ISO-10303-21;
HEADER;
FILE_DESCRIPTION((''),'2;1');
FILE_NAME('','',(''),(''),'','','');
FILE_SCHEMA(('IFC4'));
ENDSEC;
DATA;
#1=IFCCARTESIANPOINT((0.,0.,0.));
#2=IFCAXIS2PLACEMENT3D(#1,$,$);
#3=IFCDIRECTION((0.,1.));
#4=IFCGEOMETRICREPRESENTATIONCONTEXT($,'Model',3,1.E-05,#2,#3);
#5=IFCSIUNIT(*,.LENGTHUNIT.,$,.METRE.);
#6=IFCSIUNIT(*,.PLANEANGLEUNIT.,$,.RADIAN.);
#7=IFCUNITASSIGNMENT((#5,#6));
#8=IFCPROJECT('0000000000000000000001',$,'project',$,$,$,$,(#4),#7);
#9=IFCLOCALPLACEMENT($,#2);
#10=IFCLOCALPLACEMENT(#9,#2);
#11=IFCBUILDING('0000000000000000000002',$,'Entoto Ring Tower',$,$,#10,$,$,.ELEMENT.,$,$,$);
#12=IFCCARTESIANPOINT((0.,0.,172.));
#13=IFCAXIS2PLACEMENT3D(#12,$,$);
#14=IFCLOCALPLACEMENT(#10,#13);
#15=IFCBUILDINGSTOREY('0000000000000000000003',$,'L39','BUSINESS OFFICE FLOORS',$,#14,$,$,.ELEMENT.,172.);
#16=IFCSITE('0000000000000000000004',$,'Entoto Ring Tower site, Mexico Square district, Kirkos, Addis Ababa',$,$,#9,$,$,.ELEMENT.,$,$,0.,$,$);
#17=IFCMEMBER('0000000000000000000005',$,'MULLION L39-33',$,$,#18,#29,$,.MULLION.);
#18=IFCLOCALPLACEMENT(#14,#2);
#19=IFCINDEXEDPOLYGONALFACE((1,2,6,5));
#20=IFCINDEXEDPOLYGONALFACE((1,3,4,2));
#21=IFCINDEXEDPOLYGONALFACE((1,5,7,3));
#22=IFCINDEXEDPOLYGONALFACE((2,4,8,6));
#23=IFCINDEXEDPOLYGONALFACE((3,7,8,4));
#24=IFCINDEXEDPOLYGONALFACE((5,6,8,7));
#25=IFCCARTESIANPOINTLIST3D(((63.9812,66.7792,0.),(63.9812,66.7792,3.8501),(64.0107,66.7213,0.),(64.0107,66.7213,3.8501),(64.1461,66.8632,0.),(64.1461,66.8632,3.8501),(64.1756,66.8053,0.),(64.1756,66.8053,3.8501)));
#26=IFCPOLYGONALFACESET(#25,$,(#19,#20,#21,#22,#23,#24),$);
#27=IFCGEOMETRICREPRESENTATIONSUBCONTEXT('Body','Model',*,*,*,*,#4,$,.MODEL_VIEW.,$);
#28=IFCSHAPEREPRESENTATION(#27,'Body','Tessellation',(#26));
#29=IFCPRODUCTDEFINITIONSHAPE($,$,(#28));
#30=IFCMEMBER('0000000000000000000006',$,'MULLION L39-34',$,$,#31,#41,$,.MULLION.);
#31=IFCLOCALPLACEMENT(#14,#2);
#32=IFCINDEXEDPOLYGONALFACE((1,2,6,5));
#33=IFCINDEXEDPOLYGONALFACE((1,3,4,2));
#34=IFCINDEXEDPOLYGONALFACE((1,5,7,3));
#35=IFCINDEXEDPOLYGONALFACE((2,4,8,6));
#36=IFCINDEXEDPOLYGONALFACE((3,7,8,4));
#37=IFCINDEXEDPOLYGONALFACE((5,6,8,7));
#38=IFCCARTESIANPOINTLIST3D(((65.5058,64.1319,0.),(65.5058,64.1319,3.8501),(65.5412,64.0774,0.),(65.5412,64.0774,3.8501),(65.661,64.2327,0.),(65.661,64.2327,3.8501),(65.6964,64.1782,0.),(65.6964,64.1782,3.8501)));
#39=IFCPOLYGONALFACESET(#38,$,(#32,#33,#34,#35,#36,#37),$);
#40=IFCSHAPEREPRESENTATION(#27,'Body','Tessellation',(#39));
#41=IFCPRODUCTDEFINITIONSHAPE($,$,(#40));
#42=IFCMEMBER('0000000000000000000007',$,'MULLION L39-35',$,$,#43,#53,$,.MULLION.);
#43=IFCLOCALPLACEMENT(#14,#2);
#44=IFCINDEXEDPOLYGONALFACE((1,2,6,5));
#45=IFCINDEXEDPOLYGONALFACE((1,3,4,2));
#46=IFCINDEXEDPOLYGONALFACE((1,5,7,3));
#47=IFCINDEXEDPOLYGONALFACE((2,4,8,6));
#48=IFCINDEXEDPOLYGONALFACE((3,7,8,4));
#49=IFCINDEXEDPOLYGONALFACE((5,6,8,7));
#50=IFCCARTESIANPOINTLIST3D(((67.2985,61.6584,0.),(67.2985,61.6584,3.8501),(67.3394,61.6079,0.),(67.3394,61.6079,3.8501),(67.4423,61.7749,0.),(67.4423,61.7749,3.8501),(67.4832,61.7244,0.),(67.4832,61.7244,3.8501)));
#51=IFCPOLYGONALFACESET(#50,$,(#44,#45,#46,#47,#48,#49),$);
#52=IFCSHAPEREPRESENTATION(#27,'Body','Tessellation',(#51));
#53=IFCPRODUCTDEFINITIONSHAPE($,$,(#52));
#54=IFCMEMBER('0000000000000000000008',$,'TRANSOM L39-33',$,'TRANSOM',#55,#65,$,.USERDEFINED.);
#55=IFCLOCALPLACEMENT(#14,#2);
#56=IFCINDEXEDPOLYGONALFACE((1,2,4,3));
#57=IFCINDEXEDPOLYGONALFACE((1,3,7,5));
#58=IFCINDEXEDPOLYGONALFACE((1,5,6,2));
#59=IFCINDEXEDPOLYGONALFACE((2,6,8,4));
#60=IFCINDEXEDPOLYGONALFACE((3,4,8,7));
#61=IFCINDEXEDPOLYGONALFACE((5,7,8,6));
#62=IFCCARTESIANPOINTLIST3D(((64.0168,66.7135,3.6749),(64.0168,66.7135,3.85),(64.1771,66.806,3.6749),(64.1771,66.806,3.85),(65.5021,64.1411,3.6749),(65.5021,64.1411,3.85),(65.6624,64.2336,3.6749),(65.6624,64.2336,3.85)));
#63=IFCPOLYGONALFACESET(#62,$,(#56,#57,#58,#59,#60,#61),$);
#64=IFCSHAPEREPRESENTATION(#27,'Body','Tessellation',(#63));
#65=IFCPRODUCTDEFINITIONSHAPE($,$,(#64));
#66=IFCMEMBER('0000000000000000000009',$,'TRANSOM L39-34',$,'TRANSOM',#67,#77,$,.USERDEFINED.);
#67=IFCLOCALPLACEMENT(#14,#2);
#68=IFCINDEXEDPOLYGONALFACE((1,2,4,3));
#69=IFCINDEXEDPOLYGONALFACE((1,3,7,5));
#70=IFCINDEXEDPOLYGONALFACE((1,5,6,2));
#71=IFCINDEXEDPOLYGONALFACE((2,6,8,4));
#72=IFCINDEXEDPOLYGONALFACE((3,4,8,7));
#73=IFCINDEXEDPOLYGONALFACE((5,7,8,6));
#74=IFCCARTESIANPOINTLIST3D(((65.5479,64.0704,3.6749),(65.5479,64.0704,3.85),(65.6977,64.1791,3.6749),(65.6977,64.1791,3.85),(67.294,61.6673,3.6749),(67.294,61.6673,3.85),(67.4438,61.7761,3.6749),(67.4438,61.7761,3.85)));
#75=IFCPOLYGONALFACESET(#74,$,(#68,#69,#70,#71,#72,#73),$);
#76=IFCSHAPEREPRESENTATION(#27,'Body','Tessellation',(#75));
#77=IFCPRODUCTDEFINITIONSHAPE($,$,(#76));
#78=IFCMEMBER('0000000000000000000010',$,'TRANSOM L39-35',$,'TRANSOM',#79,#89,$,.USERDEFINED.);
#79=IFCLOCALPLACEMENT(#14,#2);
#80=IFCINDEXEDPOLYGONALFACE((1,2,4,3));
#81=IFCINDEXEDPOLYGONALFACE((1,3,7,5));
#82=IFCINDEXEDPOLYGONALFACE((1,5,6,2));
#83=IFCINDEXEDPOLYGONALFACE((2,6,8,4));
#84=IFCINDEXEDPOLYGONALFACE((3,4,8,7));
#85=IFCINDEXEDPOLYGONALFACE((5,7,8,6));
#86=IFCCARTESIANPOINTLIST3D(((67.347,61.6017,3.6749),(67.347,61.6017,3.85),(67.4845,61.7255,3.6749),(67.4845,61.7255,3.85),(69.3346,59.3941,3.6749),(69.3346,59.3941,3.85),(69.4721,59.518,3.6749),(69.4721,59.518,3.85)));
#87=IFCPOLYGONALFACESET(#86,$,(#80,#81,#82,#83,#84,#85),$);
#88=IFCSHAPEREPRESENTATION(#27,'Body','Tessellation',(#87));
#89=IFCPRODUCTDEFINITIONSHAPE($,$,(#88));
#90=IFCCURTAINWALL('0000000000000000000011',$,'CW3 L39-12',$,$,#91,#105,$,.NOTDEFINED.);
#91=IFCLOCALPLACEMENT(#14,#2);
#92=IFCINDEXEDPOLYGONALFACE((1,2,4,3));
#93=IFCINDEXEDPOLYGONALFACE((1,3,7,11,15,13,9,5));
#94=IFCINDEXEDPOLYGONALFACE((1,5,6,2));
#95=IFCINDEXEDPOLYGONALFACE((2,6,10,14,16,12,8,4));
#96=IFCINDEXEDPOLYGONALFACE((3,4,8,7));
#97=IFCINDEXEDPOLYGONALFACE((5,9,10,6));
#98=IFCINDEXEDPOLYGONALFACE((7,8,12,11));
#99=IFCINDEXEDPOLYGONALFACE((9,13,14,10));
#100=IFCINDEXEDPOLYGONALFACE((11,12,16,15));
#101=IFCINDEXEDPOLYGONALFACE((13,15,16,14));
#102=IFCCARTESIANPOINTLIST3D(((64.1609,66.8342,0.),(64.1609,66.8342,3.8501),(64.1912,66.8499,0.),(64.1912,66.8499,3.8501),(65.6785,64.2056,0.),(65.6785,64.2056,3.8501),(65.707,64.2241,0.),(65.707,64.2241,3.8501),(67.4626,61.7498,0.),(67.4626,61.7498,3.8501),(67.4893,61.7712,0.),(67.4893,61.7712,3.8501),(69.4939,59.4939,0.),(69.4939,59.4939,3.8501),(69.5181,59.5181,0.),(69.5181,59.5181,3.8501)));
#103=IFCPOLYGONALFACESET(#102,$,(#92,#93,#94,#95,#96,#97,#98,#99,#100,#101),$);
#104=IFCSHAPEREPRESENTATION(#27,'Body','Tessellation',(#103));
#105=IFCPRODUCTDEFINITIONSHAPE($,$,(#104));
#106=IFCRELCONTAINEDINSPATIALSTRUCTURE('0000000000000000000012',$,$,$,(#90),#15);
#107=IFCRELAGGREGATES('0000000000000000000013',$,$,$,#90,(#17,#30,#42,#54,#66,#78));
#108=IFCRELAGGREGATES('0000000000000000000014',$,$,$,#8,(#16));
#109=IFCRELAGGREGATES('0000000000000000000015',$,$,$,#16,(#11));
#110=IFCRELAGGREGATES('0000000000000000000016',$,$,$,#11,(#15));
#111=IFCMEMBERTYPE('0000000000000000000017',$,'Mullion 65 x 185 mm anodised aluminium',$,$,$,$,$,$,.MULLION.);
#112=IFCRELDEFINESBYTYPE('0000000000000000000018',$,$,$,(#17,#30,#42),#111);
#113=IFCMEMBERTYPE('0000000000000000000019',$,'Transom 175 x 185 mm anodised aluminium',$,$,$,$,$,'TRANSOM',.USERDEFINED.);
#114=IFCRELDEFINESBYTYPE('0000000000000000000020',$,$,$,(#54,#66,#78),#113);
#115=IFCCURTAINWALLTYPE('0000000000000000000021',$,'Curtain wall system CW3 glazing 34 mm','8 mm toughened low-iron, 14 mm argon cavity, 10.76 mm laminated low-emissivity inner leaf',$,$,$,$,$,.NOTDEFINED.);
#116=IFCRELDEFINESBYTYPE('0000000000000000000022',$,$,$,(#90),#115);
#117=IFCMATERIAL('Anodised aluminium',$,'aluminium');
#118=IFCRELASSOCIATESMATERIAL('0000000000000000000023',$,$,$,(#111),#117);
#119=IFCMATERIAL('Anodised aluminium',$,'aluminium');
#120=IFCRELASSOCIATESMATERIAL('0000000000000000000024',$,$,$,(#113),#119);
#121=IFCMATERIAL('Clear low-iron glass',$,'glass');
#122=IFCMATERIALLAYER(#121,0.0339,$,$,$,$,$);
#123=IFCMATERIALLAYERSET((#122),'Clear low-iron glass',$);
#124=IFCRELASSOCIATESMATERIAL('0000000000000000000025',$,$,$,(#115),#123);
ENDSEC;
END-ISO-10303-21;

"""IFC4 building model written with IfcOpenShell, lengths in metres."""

from ifc_helpers import new_model, si_unit, direction, frame, origin, origin_2d, place, context, subcontext, project, spatial, polyline, rectangle, outline, extrude, material, layer, layer_set, material_profile, profile_set, type_object, element, aggregate, save


model = new_model("IFC4")

# Units and contexts
model_context = context("Model", 3, precision=1e-05, world=origin(), true_north=direction((0.0, 1.0)))
body_context = subcontext(model_context, "Body", "Model", "MODEL_VIEW")
ifc_project = project(units=[si_unit("LENGTHUNIT", "METRE"), si_unit("PLANEANGLEUNIT", "RADIAN")], contexts=[model_context])

# Members
ifc_material_1 = material(Name="Anodised aluminium", Category="aluminium")
ifc_material_profile_1 = material_profile(ifc_material_1, rectangle(XDim=0.0649, YDim=0.1851, at=origin_2d()), Name="Mullion 65 x 185 mm anodised aluminium")
ifc_profile_set_1 = profile_set([ifc_material_profile_1], Name="Anodised aluminium")
member_type_1 = type_object("IfcMemberType", Name="Mullion 65 x 185 mm anodised aluminium", PredefinedType="MULLION", material=ifc_profile_set_1)
site_placement = place(None, origin())
building_placement = place(site_placement, origin())
storey_placement = place(building_placement, frame((0.0, 0.0, 172.0)))
member_1_placement = place(storey_placement, frame((64.0784, 66.7922, 0.0), z_axis=(0.0, 0.0, 1.0), x_axis=(0.45399, -0.891007, 0.0)))
member_1 = element("IfcMember", 1, at=member_1_placement, type_object=member_type_1, Name="MULLION L39-33", PredefinedType="MULLION", context=body_context, shape_type="SweptSolid", body=[
    extrude(rectangle(XDim=0.0649, YDim=0.1851, at=origin_2d()), origin(), (0.0, 0.0, 1.0), 3.8501),
])
member_2_placement = place(storey_placement, frame((65.6011, 64.155, 0.0), z_axis=(0.0, 0.0, 1.0), x_axis=(0.544639, -0.838671, 0.0)))
member_2 = element("IfcMember", 2, at=member_2_placement, type_object=member_type_1, Name="MULLION L39-34", PredefinedType="MULLION", context=body_context, shape_type="SweptSolid", body=[
    extrude(rectangle(XDim=0.0649, YDim=0.1851, at=origin_2d()), origin(), (0.0, 0.0, 1.0), 3.8501),
])
member_3_placement = place(storey_placement, frame((67.3909, 61.6914, 0.0), z_axis=(0.0, 0.0, 1.0), x_axis=(0.62932, -0.777146, 0.0)))
member_3 = element("IfcMember", 3, at=member_3_placement, type_object=member_type_1, Name="MULLION L39-35", PredefinedType="MULLION", context=body_context, shape_type="SweptSolid", body=[
    extrude(rectangle(XDim=0.0649, YDim=0.1851, at=origin_2d()), origin(), (0.0, 0.0, 1.0), 3.8501),
])
ifc_material_2 = material(Name="Anodised aluminium", Category="aluminium")
ifc_material_profile_2 = material_profile(ifc_material_2, rectangle(XDim=0.1851, YDim=0.175, at=origin_2d()), Name="Transom 175 x 185 mm anodised aluminium")
ifc_profile_set_2 = profile_set([ifc_material_profile_2], Name="Anodised aluminium")
member_type_2 = type_object("IfcMemberType", Name="Transom 175 x 185 mm anodised aluminium", ElementType="TRANSOM", PredefinedType="USERDEFINED", material=ifc_profile_set_2)
member_4_placement = place(storey_placement, frame((64.0969, 66.7598, 3.7625), z_axis=(0.500028, -0.866009, 0.0), x_axis=(0.866009, 0.500028, 0.0)))
member_4 = element("IfcMember", 4, at=member_4_placement, type_object=member_type_2, Name="TRANSOM L39-33", ObjectType="TRANSOM", PredefinedType="USERDEFINED", context=body_context, shape_type="SweptSolid", body=[
    extrude(rectangle(XDim=0.1851, YDim=0.175, at=origin_2d()), origin(), (0.0, 0.0, 1.0), 2.9705),
])
member_5_placement = place(storey_placement, frame((65.6228, 64.1248, 3.7625), z_axis=(0.58782, -0.808992, 0.0), x_axis=(0.808992, 0.58782, 0.0)))
member_5 = element("IfcMember", 5, at=member_5_placement, type_object=member_type_2, Name="TRANSOM L39-34", ObjectType="TRANSOM", PredefinedType="USERDEFINED", context=body_context, shape_type="SweptSolid", body=[
    extrude(rectangle(XDim=0.1851, YDim=0.175, at=origin_2d()), origin(), (0.0, 0.0, 1.0), 2.9705),
])
member_6_placement = place(storey_placement, frame((67.4158, 61.6636, 3.7625), z_axis=(0.66911, -0.743163, 0.0), x_axis=(0.743163, 0.66911, 0.0)))
member_6 = element("IfcMember", 6, at=member_6_placement, type_object=member_type_2, Name="TRANSOM L39-35", ObjectType="TRANSOM", PredefinedType="USERDEFINED", context=body_context, shape_type="SweptSolid", body=[
    extrude(rectangle(XDim=0.1851, YDim=0.175, at=origin_2d()), origin(), (0.0, 0.0, 1.0), 2.9705),
])

# Site, building, storey
site = spatial("IfcSite", under=ifc_project, at=site_placement, Name="Entoto Ring Tower site, Mexico Square district, Kirkos, Addis Ababa", CompositionType="ELEMENT", RefElevation=0.0)
building = spatial("IfcBuilding", under=site, at=building_placement, Name="Entoto Ring Tower", CompositionType="ELEMENT")
storey = spatial("IfcBuildingStorey", under=building, at=storey_placement, Name="L39", Description="BUSINESS OFFICE FLOORS", CompositionType="ELEMENT", Elevation=172.0)

# Curtain wall
ifc_material_3 = material(Name="Clear low-iron glass", Category="glass")
ifc_layer = layer(ifc_material_3, 0.0339)
ifc_layer_set = layer_set([ifc_layer], Name="Clear low-iron glass")
curtain_wall_type = type_object("IfcCurtainWallType", Name="Curtain wall system CW3 glazing 34 mm", Description="8 mm toughened low-iron, 14 mm argon cavity, 10.76 mm laminated low-emissivity inner leaf", PredefinedType="NOTDEFINED", material=ifc_layer_set)
curtain_wall_1_placement = place(storey_placement, origin())
curtain_wall_1 = element("IfcCurtainWall", 7, at=curtain_wall_1_placement, inside=storey, type_object=curtain_wall_type, Name="CW3 L39-12", PredefinedType="NOTDEFINED", context=body_context, shape_type="SweptSolid", body=[
    extrude(outline(polyline([(64.1609, 66.8342), (65.6785, 64.2056), (67.4626, 61.7498), (69.4939, 59.4939), (69.5181, 59.5181), (67.4893, 61.7712), (65.707, 64.2241), (64.1912, 66.8499), (64.1609, 66.8342)])), origin(), (0.0, 0.0, 1.0), 3.8501),
])
aggregate(curtain_wall_1, [member_1, member_2, member_3, member_4, member_5, member_6])

save(model, "model.ifc")
